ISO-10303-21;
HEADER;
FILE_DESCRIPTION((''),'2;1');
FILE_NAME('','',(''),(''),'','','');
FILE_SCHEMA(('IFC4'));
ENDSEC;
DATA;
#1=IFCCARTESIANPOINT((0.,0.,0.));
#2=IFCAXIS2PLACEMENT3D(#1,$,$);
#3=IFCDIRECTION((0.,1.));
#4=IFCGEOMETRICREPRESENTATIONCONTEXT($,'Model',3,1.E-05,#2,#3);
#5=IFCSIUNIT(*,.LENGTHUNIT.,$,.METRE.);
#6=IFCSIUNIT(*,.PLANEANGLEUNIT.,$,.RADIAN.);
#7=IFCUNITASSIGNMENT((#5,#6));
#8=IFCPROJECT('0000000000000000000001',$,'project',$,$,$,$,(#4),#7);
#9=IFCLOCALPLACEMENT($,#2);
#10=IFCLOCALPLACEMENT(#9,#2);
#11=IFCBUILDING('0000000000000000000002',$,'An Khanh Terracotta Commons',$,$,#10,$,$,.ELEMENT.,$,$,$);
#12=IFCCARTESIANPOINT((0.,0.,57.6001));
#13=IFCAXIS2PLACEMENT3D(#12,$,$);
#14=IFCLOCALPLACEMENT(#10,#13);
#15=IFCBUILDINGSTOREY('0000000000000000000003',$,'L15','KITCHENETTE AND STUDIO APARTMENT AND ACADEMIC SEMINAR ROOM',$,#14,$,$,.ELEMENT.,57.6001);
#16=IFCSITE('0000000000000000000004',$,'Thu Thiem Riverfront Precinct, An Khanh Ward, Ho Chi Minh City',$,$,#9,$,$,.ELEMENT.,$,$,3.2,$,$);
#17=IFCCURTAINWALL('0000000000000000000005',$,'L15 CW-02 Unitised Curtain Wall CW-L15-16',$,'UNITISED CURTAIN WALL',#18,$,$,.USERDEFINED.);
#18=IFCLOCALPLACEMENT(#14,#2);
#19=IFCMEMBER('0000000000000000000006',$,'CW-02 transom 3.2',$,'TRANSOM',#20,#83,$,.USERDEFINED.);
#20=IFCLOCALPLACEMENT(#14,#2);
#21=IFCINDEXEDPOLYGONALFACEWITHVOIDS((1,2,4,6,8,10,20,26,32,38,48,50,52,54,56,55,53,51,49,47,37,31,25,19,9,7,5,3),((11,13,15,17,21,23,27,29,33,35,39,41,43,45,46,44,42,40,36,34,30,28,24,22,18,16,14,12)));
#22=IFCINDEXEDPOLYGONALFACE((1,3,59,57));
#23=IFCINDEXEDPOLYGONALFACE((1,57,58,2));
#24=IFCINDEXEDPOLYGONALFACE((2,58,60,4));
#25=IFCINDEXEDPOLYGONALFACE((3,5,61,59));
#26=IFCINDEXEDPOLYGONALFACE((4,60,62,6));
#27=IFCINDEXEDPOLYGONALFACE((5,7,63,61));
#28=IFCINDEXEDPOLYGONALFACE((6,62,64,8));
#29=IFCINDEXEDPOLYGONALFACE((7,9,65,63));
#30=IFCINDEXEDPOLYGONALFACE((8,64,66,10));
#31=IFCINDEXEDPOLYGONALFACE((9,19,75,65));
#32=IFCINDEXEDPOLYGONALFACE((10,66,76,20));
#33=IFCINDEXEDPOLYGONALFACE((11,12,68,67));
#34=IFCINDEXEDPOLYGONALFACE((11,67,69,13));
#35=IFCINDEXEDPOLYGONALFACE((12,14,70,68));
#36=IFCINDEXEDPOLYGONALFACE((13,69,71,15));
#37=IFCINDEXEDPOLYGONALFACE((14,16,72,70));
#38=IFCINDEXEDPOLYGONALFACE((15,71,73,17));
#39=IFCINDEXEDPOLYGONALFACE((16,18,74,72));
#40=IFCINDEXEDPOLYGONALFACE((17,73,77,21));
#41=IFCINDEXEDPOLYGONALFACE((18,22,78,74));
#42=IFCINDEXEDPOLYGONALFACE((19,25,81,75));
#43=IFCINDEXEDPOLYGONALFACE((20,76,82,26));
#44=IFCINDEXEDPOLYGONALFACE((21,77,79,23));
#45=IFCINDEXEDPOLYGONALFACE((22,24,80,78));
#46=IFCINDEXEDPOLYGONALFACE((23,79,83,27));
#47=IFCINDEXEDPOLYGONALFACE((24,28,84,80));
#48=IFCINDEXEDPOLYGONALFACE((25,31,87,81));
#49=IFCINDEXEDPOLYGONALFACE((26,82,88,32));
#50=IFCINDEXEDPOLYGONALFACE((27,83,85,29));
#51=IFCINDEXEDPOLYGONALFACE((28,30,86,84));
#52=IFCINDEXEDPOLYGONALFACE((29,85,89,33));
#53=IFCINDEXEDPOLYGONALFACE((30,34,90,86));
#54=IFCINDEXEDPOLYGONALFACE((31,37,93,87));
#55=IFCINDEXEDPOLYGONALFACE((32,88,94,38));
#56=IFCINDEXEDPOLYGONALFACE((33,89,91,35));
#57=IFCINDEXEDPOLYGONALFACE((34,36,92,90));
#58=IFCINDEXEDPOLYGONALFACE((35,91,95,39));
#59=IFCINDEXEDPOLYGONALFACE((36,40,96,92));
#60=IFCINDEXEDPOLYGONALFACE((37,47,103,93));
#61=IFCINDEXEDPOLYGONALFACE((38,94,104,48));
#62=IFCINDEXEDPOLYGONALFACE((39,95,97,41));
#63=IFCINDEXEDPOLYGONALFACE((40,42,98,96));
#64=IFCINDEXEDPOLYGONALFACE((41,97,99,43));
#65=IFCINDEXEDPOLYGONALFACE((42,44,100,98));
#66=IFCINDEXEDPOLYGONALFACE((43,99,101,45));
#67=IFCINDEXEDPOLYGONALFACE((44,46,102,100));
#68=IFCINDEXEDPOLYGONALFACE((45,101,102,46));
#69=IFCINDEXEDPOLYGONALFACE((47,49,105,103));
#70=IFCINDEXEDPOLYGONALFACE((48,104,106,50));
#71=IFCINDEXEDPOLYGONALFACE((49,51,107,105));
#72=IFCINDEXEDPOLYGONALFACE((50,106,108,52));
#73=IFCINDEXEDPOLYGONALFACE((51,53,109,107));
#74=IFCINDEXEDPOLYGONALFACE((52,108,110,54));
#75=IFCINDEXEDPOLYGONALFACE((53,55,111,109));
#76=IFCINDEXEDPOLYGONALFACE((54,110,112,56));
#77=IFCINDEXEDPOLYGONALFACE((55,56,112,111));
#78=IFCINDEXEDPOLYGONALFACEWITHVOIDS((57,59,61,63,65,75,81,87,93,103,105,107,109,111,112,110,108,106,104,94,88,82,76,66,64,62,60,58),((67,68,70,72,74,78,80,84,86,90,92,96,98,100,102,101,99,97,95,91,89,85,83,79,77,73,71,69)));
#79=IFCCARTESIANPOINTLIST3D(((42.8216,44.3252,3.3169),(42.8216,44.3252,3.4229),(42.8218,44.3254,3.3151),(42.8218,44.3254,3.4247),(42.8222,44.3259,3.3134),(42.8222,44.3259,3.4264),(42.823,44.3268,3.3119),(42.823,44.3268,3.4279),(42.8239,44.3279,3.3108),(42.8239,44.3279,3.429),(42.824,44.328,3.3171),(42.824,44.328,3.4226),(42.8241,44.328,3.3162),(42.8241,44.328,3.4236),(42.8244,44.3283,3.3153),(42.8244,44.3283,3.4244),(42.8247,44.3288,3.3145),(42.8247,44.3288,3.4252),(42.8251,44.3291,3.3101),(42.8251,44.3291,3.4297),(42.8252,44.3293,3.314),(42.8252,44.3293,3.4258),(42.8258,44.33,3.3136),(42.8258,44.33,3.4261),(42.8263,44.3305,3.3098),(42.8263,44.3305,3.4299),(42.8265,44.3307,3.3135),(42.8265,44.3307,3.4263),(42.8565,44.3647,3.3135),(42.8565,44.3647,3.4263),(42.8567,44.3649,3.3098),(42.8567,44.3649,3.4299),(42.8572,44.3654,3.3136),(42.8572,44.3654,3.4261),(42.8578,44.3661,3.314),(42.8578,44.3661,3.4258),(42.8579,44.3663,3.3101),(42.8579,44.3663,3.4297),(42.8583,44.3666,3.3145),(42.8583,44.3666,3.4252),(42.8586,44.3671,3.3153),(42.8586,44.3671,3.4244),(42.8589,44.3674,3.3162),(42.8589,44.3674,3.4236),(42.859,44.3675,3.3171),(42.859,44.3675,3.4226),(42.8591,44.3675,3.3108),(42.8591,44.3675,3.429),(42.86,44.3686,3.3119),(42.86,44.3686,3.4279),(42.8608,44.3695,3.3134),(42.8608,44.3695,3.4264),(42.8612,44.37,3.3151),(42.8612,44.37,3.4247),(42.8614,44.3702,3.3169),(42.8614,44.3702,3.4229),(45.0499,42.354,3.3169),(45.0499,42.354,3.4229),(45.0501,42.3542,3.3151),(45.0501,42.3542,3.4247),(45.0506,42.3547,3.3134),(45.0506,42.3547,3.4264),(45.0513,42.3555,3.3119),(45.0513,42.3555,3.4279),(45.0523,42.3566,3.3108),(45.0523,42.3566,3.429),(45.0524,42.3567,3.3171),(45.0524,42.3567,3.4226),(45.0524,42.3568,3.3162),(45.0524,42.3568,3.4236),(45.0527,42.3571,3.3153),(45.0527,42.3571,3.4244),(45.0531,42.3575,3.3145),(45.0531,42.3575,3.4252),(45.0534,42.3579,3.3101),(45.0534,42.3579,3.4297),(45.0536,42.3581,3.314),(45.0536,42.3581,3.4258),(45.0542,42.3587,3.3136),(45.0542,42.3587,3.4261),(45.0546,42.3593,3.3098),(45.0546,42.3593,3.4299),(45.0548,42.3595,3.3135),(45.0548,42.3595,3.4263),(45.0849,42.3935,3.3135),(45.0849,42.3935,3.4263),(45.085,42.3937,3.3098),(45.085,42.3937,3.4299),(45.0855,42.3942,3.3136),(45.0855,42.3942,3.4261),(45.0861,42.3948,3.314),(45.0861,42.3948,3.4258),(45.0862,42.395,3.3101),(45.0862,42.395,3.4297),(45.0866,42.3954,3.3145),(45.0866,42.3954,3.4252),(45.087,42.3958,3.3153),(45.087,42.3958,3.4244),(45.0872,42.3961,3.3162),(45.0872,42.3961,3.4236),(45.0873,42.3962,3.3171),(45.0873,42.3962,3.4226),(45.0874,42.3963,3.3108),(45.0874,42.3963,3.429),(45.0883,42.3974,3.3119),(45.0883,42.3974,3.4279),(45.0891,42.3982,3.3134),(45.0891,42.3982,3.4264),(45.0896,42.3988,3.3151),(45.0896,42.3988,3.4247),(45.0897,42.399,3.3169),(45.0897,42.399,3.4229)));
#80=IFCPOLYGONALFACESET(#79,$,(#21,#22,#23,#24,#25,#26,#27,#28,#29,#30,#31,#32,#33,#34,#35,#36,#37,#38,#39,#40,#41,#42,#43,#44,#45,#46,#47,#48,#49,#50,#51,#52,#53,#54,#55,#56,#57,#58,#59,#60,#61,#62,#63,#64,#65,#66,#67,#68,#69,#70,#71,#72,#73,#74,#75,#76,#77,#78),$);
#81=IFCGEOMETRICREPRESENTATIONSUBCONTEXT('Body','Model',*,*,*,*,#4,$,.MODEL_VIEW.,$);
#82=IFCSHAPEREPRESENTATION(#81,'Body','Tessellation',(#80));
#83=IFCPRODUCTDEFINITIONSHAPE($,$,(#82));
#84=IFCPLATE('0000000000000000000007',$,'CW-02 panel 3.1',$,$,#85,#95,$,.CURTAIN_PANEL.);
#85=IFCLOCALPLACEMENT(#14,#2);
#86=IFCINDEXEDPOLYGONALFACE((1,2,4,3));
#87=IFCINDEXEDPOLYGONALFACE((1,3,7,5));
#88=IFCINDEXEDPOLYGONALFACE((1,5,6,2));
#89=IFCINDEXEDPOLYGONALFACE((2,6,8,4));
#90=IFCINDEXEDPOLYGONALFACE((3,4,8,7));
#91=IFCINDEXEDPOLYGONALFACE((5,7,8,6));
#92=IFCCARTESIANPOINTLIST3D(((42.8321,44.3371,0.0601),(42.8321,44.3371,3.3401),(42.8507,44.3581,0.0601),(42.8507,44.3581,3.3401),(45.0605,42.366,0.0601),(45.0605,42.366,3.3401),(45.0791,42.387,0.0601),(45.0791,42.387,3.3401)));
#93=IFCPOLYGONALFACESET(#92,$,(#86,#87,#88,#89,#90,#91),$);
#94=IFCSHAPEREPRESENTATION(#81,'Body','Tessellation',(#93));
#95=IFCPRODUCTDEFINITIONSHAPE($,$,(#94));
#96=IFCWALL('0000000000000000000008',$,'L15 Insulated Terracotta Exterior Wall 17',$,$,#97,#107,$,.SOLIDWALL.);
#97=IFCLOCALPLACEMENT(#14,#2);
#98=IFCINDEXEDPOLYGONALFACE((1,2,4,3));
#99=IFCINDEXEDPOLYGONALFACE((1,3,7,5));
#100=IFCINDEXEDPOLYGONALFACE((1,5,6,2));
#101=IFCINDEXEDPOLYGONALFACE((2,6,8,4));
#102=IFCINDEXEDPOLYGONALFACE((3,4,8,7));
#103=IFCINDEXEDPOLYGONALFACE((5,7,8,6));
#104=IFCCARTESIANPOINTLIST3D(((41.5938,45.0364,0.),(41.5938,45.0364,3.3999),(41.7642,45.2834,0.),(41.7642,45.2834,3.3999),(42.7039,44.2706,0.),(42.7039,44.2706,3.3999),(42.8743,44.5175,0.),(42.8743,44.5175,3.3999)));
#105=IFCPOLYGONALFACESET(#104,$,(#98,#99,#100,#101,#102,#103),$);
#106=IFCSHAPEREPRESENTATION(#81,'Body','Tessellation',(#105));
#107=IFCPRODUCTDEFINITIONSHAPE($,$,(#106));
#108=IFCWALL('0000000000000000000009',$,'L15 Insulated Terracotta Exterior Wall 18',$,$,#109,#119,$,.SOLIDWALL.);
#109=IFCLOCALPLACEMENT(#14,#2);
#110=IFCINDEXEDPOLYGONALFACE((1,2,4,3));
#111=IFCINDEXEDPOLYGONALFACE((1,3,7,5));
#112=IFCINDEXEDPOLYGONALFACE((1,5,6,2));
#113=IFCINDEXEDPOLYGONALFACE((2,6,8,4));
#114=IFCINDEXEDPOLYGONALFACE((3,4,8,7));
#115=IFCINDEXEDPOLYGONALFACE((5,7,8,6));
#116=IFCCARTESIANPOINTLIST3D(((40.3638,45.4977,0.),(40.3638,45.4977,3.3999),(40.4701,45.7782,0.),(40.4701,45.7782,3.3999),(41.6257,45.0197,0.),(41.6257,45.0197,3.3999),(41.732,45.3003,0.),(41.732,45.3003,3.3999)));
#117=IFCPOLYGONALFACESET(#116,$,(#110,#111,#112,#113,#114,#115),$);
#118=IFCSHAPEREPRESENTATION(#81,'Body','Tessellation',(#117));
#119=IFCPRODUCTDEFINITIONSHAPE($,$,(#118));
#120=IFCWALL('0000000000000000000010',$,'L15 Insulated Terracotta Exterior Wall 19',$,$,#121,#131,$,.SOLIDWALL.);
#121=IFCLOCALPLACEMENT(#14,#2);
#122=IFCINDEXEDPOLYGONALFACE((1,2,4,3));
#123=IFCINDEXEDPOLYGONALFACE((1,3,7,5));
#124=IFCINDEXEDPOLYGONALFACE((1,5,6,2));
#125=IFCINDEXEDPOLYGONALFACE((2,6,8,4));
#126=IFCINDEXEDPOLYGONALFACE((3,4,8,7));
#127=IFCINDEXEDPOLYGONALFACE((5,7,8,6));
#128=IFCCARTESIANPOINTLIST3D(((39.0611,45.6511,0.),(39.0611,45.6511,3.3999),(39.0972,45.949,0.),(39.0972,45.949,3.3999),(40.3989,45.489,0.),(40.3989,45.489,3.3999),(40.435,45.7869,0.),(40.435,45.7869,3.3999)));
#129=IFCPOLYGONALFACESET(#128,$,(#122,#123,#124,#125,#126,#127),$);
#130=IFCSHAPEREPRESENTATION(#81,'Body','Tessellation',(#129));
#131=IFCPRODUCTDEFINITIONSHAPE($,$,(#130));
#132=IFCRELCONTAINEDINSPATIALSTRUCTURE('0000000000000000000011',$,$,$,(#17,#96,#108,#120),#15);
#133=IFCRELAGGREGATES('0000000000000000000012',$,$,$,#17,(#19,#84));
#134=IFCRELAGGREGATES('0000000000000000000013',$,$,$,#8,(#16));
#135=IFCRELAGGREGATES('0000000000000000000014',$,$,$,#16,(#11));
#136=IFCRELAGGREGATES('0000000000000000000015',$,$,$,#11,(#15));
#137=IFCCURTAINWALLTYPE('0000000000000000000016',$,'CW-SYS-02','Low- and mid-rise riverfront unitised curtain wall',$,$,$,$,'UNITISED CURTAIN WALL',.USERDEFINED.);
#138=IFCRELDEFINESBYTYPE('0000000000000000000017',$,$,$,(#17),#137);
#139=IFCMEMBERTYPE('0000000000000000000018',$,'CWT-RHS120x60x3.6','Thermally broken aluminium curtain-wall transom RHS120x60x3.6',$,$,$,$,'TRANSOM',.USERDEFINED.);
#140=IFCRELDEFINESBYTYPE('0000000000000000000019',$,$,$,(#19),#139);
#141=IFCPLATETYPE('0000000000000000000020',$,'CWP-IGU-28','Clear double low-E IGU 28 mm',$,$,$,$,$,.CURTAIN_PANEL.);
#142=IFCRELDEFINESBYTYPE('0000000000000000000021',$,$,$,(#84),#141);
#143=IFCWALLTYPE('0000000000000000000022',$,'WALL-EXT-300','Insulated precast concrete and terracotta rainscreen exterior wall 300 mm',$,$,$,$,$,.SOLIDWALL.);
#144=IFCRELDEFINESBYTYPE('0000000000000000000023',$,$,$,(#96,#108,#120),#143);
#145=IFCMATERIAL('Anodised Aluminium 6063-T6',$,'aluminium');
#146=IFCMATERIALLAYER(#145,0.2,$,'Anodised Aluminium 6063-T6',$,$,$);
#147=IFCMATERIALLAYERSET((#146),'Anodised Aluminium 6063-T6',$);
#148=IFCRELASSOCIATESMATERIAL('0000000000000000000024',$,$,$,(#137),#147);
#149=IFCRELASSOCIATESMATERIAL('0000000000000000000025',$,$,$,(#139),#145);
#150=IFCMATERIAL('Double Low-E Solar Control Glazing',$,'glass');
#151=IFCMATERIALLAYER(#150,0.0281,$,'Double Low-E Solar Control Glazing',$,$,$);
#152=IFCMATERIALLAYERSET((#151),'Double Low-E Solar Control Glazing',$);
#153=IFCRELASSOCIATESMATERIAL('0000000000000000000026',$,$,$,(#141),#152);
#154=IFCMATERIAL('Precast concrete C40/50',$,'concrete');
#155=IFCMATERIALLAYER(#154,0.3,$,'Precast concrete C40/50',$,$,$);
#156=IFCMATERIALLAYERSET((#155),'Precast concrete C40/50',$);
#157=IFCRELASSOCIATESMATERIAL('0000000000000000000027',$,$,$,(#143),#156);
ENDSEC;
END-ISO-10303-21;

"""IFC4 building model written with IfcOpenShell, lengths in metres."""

from ifc_helpers import new_model, si_unit, direction, frame, frame_2d, origin, origin_2d, place, context, subcontext, project, spatial, rectangle, hollow_rectangle, extrude, material, layer, layer_set, material_profile, profile_set, type_object, element, aggregate, save


model = new_model("IFC4")

# Units and contexts
model_context = context("Model", 3, precision=1e-05, world=origin(), true_north=direction((0.0, 1.0)))
body_context = subcontext(model_context, "Body", "Model", "MODEL_VIEW")
ifc_project = project(units=[si_unit("LENGTHUNIT", "METRE"), si_unit("PLANEANGLEUNIT", "RADIAN")], contexts=[model_context])

# Site, building, storey
site_placement = place(None, origin())
site = spatial("IfcSite", under=ifc_project, at=site_placement, Name="Thu Thiem Riverfront Precinct, An Khanh Ward, Ho Chi Minh City", CompositionType="ELEMENT", RefElevation=3.2)
building_placement = place(site_placement, origin())
building = spatial("IfcBuilding", under=site, at=building_placement, Name="An Khanh Terracotta Commons", CompositionType="ELEMENT")
storey_placement = place(building_placement, frame((0.0, 0.0, 57.6001)))
storey = spatial("IfcBuildingStorey", under=building, at=storey_placement, Name="L15", Description="KITCHENETTE AND STUDIO APARTMENT AND ACADEMIC SEMINAR ROOM", CompositionType="ELEMENT", Elevation=57.6001)

# Curtain wall, member, plate
ifc_material_1 = material(Name="Anodised Aluminium 6063-T6", Category="aluminium")
ifc_layer_1 = layer(ifc_material_1, 0.2, Name="Anodised Aluminium 6063-T6")
ifc_layer_set_1 = layer_set([ifc_layer_1], Name="Anodised Aluminium 6063-T6")
curtain_wall_type = type_object("IfcCurtainWallType", Name="CW-SYS-02", Description="Low- and mid-rise riverfront unitised curtain wall", ElementType="UNITISED CURTAIN WALL", PredefinedType="USERDEFINED", material=ifc_layer_set_1)
curtain_wall_placement = place(storey_placement, origin())
curtain_wall = element("IfcCurtainWall", 1, at=curtain_wall_placement, inside=storey, type_object=curtain_wall_type, Name="L15 CW-02 Unitised Curtain Wall CW-L15-16", ObjectType="UNITISED CURTAIN WALL", PredefinedType="USERDEFINED")
ifc_material_profile_1 = material_profile(ifc_material_1, hollow_rectangle(XDim=0.0601, YDim=0.1201, WallThickness=0.0037, InnerFilletRadius=0.0037, OuterFilletRadius=0.0071, at=origin_2d()), Name="RHS120x60x3.6")
ifc_profile_set_1 = profile_set([ifc_material_profile_1], Name="Anodised Aluminium 6063-T6")
member_type_1 = type_object("IfcMemberType", Name="CWT-RHS120x60x3.6", Description="Thermally broken aluminium curtain-wall transom RHS120x60x3.6", ElementType="TRANSOM", PredefinedType="USERDEFINED", material=ifc_profile_set_1)
member_1_placement = place(storey_placement, frame((45.0698, 42.3765, 3.3699), z_axis=(-0.748992, 0.662579, 0.0), x_axis=(-0.662579, -0.748992, 0.0)))
member_1 = element("IfcMember", 2, at=member_1_placement, type_object=member_type_1, Name="CW-02 transom 3.2", ObjectType="TRANSOM", PredefinedType="USERDEFINED", context=body_context, shape_type="SweptSolid", body=[
    extrude(hollow_rectangle(XDim=0.0601, YDim=0.1201, WallThickness=0.0037, InnerFilletRadius=0.0037, OuterFilletRadius=0.0071, at=origin_2d()), origin(), (0.0, 0.0, 1.0), 2.9751),
])
ifc_material_2 = material(Name="Double Low-E Solar Control Glazing", Category="glass")
ifc_layer_2 = layer(ifc_material_2, 0.0281, Name="Double Low-E Solar Control Glazing")
ifc_layer_set_2 = layer_set([ifc_layer_2], Name="Double Low-E Solar Control Glazing")
plate_type = type_object("IfcPlateType", Name="CWP-IGU-28", Description="Clear double low-E IGU 28 mm", PredefinedType="CURTAIN_PANEL", material=ifc_layer_set_2)
plate_placement = place(storey_placement, frame((43.9556, 43.3621, 0.0601), z_axis=(0.0, 0.0, 1.0), x_axis=(-0.749019, 0.662548, 0.0)))
plate = element("IfcPlate", 3, at=plate_placement, type_object=plate_type, Name="CW-02 panel 3.1", PredefinedType="CURTAIN_PANEL", context=body_context, shape_type="SweptSolid", body=[
    extrude(rectangle(XDim=2.9751, YDim=0.0281, at=origin_2d()), origin(), (0.0, 0.0, 1.0), 3.28),
])
aggregate(curtain_wall, [member_1, plate])

# Walls
ifc_material_3 = material(Name="Precast concrete C40/50", Category="concrete")
ifc_layer_3 = layer(ifc_material_3, 0.3, Name="Precast concrete C40/50")
ifc_layer_set_3 = layer_set([ifc_layer_3], Name="Precast concrete C40/50")
wall_type = type_object("IfcWallType", Name="WALL-EXT-300", Description="Insulated precast concrete and terracotta rainscreen exterior wall 300 mm", PredefinedType="SOLIDWALL", material=ifc_layer_set_3)
wall_1_placement = place(storey_placement, frame((42.7891, 44.394, 0.0), z_axis=(0.0, 0.0, 1.0), x_axis=(-0.823117, 0.567873, 0.0)))
element("IfcWall", 4, at=wall_1_placement, inside=storey, type_object=wall_type, Name="L15 Insulated Terracotta Exterior Wall 17", PredefinedType="SOLIDWALL", context=body_context, shape_type="SweptSolid", body=[
    extrude(rectangle(XDim=1.3486, YDim=0.3, at=frame_2d((0.6743, 0.0))), origin(), (0.0, 0.0, 1.0), 3.3999),
])
wall_2_placement = place(storey_placement, frame((41.679, 45.1599, 0.0), z_axis=(0.0, 0.0, 1.0), x_axis=(-0.935157, 0.354234, 0.0)))
element("IfcWall", 5, at=wall_2_placement, inside=storey, type_object=wall_type, Name="L15 Insulated Terracotta Exterior Wall 18", PredefinedType="SOLIDWALL", context=body_context, shape_type="SweptSolid", body=[
    extrude(rectangle(XDim=1.3494, YDim=0.3, at=frame_2d((0.6748, 0.0))), origin(), (0.0, 0.0, 1.0), 3.3999),
])
wall_3_placement = place(storey_placement, frame((40.417, 45.6379, 0.0), z_axis=(0.0, 0.0, 1.0), x_axis=(-0.992739, 0.120288, 0.0)))
element("IfcWall", 6, at=wall_3_placement, inside=storey, type_object=wall_type, Name="L15 Insulated Terracotta Exterior Wall 19", PredefinedType="SOLIDWALL", context=body_context, shape_type="SweptSolid", body=[
    extrude(rectangle(XDim=1.3477, YDim=0.3, at=frame_2d((0.6738, 0.0))), origin(), (0.0, 0.0, 1.0), 3.3999),
])

save(model, "model.ifc")
